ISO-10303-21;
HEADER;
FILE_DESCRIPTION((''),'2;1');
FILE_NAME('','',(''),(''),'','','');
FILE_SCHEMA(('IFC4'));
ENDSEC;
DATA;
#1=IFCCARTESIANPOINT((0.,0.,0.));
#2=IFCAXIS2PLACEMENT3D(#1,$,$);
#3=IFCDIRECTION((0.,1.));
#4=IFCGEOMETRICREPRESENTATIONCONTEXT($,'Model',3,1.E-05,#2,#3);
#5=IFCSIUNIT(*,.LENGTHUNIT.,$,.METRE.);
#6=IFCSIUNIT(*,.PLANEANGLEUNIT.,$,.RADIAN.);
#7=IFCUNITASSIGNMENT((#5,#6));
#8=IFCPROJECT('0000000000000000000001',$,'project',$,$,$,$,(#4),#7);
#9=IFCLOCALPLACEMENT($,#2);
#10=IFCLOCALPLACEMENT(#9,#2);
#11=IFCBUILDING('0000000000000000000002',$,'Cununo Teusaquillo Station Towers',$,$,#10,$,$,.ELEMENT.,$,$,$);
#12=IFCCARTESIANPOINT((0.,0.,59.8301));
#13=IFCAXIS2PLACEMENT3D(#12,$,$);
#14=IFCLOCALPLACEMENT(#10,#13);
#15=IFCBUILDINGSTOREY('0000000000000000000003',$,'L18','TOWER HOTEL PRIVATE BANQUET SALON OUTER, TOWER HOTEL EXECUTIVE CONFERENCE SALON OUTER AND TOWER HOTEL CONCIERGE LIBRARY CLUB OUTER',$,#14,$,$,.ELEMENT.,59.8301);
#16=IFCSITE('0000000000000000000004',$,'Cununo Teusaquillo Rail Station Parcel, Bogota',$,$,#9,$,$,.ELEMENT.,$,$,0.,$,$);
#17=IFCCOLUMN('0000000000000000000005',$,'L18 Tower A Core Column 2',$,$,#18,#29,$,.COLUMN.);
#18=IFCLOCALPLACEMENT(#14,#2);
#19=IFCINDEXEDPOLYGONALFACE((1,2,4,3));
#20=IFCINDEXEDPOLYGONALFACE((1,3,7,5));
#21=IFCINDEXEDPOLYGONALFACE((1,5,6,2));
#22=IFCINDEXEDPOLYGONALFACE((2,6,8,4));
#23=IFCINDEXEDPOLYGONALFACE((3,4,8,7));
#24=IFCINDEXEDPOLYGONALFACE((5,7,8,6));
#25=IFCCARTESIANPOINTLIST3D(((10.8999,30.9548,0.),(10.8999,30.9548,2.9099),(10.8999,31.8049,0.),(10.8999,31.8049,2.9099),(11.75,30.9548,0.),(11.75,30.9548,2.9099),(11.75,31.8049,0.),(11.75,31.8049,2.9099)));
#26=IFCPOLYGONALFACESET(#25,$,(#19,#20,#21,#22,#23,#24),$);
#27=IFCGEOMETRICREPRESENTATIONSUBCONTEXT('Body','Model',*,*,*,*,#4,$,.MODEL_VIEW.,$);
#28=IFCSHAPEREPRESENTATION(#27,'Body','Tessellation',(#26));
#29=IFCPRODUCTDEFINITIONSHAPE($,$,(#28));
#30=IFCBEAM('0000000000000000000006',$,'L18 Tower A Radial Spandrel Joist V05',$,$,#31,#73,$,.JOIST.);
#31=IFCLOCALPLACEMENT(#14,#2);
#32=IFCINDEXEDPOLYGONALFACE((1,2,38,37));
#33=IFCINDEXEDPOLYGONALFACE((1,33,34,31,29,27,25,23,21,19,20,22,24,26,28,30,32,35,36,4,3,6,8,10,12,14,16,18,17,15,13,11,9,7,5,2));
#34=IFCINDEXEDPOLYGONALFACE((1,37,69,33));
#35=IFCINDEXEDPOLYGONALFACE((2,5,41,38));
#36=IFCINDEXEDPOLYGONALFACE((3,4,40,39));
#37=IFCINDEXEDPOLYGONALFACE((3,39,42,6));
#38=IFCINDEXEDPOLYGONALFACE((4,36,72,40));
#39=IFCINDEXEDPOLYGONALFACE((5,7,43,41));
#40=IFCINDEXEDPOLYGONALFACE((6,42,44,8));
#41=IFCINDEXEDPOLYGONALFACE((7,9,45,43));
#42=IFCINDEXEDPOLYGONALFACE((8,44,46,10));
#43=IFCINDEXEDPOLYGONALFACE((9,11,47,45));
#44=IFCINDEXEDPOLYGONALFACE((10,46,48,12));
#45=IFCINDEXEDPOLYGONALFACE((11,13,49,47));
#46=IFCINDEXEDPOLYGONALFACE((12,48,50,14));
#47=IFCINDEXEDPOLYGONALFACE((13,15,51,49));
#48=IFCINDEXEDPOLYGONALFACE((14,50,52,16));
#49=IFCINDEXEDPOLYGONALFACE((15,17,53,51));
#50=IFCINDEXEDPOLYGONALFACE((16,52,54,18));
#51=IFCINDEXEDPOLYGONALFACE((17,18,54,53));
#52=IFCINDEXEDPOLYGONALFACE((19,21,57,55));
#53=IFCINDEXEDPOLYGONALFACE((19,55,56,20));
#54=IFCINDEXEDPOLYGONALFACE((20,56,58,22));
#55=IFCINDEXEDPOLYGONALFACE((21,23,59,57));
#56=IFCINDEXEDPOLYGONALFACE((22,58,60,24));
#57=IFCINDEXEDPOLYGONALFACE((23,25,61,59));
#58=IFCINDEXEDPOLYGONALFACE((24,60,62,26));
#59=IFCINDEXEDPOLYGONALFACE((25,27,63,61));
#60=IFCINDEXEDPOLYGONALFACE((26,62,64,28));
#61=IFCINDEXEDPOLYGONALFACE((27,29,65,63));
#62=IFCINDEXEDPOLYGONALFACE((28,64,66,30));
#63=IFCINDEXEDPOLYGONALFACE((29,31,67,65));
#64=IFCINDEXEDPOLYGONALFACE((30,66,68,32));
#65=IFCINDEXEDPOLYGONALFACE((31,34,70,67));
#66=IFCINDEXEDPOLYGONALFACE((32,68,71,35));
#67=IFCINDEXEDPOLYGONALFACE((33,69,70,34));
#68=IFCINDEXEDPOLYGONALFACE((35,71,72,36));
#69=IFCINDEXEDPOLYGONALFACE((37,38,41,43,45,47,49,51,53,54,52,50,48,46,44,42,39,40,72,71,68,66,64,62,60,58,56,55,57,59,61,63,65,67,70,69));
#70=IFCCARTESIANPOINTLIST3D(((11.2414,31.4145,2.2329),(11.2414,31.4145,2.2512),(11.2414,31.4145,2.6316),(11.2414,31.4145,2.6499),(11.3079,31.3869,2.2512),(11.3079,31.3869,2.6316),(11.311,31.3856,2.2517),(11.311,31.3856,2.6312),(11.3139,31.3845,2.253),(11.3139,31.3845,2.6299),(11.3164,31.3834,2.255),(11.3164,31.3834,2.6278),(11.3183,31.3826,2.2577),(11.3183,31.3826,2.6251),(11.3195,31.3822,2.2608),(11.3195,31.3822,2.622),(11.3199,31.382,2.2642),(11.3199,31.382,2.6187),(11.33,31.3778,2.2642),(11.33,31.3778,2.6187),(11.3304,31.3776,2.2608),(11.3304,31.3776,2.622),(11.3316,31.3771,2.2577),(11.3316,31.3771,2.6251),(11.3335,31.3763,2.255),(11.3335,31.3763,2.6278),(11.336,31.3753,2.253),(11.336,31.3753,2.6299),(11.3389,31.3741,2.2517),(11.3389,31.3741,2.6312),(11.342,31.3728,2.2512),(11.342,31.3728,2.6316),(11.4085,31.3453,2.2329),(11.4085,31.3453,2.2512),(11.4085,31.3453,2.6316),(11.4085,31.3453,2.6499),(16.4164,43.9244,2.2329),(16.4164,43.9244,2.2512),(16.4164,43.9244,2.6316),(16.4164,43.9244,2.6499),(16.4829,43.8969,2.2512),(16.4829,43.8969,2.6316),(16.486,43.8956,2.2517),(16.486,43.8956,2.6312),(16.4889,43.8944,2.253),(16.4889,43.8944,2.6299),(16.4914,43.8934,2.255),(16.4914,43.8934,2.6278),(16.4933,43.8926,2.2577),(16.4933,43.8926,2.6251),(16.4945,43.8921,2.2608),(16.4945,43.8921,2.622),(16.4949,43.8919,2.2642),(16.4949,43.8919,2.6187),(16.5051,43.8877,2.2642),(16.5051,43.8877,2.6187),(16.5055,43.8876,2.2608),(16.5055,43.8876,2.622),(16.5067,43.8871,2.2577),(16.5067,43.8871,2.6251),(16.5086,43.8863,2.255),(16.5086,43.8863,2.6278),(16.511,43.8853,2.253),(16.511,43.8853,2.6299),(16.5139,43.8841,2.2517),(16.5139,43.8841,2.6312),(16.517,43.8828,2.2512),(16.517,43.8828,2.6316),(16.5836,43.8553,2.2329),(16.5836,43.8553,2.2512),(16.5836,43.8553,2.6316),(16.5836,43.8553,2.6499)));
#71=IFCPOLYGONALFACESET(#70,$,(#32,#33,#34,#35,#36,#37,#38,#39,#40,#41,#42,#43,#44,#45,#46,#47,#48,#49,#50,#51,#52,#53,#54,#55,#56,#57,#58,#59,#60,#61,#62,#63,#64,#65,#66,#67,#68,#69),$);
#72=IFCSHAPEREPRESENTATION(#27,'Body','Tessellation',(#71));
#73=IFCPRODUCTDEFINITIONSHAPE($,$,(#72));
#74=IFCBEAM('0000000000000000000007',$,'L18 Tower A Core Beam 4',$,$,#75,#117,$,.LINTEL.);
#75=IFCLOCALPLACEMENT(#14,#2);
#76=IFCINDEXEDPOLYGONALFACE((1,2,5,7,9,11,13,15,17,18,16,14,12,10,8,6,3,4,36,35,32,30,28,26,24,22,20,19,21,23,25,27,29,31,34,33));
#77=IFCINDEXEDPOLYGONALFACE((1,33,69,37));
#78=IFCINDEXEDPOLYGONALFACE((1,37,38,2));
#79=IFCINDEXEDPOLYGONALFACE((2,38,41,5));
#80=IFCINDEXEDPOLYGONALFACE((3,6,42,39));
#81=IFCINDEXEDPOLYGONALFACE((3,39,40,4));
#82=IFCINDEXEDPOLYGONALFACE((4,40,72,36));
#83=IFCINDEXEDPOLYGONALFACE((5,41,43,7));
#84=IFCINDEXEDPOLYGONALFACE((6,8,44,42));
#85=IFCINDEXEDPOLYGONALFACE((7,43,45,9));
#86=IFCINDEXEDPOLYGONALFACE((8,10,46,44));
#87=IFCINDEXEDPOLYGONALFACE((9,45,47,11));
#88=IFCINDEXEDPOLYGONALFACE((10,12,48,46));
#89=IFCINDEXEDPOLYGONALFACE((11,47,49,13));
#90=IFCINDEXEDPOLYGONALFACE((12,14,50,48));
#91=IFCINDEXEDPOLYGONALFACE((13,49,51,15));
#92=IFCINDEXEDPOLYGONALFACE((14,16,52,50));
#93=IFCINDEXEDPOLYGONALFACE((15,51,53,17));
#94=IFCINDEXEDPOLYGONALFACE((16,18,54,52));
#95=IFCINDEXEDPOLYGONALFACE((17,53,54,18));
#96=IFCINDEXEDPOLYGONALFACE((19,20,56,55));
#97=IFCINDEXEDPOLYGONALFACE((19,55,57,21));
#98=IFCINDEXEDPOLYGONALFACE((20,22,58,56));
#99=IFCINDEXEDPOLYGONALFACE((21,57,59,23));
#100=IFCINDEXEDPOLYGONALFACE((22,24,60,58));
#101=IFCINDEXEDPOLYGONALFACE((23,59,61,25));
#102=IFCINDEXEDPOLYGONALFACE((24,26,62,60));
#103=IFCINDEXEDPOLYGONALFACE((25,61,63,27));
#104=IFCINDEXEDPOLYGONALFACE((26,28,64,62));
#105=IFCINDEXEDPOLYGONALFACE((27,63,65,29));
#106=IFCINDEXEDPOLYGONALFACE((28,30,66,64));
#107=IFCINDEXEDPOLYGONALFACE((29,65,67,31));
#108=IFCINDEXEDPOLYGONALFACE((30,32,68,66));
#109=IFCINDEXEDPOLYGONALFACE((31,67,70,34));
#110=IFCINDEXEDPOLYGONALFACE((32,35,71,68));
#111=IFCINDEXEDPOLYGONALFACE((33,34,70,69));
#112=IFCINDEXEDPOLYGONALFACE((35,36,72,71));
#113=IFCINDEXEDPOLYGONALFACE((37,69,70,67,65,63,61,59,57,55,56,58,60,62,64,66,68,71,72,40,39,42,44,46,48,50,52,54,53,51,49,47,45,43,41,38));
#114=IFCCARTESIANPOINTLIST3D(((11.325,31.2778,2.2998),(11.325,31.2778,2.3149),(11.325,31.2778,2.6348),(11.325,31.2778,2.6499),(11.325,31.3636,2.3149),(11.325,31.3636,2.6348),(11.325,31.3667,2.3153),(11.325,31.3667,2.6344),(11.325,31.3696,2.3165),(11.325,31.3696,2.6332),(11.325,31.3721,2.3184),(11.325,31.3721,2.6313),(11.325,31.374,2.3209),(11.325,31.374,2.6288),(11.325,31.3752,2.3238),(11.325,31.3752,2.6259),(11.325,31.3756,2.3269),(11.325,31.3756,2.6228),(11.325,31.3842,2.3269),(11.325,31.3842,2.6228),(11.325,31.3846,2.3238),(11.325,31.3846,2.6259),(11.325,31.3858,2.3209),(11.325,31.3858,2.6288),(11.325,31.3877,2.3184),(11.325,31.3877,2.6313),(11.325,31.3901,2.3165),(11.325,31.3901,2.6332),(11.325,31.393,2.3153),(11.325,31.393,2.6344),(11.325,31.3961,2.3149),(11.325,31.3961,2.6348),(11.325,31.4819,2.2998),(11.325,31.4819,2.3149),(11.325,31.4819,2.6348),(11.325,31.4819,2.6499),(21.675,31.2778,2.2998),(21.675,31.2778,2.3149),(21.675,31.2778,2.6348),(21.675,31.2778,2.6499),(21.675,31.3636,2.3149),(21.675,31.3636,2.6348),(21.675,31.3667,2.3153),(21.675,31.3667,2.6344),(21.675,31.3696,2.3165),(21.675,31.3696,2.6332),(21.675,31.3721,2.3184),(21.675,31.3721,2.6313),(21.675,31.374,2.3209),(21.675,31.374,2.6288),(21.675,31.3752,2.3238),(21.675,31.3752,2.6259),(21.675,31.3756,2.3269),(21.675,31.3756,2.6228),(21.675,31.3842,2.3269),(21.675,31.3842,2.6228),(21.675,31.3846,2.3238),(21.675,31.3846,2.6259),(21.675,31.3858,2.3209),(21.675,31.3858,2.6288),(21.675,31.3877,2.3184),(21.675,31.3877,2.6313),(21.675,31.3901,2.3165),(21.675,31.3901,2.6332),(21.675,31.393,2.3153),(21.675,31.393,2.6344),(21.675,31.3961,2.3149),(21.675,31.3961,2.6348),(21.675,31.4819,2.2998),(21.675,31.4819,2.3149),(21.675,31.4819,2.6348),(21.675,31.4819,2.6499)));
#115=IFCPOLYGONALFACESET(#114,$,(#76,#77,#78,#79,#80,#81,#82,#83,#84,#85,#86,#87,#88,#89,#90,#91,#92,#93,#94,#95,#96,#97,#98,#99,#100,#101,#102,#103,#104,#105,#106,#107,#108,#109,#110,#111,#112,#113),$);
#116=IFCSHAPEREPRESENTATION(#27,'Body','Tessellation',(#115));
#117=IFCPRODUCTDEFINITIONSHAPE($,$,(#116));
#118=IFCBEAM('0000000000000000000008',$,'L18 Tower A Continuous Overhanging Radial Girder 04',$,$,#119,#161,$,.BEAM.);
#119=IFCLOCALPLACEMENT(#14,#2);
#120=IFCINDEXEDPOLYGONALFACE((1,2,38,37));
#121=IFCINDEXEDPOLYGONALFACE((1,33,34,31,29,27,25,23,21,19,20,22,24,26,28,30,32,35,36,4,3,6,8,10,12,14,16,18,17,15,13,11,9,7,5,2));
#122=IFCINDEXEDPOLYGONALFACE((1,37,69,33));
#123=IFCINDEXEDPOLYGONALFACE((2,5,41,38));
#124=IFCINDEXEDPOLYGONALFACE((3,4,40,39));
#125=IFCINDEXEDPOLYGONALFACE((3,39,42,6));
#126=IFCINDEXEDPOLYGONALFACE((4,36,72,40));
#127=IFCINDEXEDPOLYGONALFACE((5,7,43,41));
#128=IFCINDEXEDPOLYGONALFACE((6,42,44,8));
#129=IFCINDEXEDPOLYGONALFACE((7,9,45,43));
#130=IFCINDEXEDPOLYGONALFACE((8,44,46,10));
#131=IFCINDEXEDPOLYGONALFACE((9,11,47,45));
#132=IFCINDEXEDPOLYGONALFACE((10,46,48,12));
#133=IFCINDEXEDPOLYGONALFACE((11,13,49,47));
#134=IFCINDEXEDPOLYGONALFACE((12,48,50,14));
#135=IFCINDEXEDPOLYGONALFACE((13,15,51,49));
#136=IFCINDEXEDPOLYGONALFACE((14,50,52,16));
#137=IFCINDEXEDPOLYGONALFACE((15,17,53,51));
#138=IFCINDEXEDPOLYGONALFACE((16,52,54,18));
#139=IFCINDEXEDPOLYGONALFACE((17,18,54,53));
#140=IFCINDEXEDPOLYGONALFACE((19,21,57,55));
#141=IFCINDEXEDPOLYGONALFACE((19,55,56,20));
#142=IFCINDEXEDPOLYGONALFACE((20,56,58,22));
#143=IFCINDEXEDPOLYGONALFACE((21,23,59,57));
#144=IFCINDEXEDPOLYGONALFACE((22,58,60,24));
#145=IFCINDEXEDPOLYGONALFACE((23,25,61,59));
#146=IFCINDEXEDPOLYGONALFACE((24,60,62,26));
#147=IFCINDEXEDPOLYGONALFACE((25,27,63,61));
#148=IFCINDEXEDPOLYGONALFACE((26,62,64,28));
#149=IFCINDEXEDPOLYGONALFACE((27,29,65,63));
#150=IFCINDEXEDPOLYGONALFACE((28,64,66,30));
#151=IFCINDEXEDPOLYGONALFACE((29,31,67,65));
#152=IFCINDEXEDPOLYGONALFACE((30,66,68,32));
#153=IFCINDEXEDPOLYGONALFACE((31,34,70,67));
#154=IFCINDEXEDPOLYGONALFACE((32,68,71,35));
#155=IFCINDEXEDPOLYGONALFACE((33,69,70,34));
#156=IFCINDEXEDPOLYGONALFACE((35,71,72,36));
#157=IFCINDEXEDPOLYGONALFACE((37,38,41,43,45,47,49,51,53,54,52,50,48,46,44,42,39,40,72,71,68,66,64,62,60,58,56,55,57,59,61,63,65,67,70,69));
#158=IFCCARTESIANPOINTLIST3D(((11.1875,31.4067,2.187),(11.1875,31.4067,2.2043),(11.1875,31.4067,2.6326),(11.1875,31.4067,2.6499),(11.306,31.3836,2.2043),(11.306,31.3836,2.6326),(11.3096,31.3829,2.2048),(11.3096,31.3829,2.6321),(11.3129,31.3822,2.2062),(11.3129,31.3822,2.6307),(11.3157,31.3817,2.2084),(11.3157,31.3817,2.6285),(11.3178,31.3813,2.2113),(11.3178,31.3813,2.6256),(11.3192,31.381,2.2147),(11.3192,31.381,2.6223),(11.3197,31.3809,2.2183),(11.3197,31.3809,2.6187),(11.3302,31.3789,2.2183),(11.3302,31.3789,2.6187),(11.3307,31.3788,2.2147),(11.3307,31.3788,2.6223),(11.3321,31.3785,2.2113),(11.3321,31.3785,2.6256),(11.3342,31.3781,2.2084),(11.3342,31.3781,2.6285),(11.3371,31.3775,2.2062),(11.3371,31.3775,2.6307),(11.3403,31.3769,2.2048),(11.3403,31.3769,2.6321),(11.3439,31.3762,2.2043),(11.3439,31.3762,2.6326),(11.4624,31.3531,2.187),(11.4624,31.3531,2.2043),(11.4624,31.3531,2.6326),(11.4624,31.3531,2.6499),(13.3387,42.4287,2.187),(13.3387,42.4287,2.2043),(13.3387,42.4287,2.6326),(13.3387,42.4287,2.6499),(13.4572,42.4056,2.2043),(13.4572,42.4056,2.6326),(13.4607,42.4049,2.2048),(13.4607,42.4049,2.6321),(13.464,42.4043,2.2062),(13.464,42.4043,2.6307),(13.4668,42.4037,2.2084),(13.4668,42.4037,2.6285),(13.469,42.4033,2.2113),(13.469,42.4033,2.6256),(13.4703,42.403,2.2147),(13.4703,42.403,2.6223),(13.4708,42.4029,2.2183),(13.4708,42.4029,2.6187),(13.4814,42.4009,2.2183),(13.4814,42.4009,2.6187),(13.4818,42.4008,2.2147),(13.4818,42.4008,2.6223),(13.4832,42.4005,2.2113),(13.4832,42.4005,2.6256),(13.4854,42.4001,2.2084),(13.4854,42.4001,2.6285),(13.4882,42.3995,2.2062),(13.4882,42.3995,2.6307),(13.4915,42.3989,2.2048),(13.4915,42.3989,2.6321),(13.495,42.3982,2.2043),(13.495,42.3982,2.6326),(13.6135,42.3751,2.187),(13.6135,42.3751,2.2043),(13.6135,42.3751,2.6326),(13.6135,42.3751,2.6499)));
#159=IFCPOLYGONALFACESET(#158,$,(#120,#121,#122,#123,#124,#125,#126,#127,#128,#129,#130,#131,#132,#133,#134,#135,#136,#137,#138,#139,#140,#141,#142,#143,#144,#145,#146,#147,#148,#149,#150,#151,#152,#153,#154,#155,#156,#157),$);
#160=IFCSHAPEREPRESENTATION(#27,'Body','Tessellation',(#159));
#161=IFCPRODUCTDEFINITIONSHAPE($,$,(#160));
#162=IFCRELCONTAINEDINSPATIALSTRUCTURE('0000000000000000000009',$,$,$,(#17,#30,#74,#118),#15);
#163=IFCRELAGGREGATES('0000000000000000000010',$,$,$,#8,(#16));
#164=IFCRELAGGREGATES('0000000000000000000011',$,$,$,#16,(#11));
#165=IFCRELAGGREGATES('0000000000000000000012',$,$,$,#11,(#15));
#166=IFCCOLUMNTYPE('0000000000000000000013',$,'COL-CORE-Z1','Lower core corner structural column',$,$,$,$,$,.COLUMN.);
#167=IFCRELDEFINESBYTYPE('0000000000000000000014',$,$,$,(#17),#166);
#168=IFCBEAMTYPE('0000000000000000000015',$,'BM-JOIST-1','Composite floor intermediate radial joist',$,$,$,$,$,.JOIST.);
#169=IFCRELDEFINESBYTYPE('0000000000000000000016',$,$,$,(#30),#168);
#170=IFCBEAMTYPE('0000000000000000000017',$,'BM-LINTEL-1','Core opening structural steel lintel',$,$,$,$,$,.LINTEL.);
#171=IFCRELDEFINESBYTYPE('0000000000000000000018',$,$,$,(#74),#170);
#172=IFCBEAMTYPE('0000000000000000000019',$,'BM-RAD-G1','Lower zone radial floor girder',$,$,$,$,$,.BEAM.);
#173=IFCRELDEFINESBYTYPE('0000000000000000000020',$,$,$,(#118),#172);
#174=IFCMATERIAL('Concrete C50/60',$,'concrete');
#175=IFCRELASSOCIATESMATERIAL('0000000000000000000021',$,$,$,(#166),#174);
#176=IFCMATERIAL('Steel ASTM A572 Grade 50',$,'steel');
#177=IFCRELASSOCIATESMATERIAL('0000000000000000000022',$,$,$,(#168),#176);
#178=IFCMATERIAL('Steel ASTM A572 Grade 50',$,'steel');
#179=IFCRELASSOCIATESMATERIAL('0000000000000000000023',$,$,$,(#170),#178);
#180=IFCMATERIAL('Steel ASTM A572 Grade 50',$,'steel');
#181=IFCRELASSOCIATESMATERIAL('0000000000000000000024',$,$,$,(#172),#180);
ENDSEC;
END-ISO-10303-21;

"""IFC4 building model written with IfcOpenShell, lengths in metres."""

from ifc_helpers import new_model, si_unit, direction, frame, origin, origin_2d, place, context, subcontext, project, spatial, rectangle, i_section, extrude, material, material_profile, profile_set, type_object, element, save


model = new_model("IFC4")

# Units and contexts
model_context = context("Model", 3, precision=1e-05, world=origin(), true_north=direction((0.0, 1.0)))
body_context = subcontext(model_context, "Body", "Model", "MODEL_VIEW")
ifc_project = project(units=[si_unit("LENGTHUNIT", "METRE"), si_unit("PLANEANGLEUNIT", "RADIAN")], contexts=[model_context])

# Site, building, storey
site_placement = place(None, origin())
site = spatial("IfcSite", under=ifc_project, at=site_placement, Name="Cununo Teusaquillo Rail Station Parcel, Bogota", CompositionType="ELEMENT", RefElevation=0.0)
building_placement = place(site_placement, origin())
building = spatial("IfcBuilding", under=site, at=building_placement, Name="Cununo Teusaquillo Station Towers", CompositionType="ELEMENT")
storey_placement = place(building_placement, frame((0.0, 0.0, 59.8301)))
storey = spatial("IfcBuildingStorey", under=building, at=storey_placement, Name="L18", Description="TOWER HOTEL PRIVATE BANQUET SALON OUTER, TOWER HOTEL EXECUTIVE CONFERENCE SALON OUTER AND TOWER HOTEL CONCIERGE LIBRARY CLUB OUTER", CompositionType="ELEMENT", Elevation=59.8301)

# Column
ifc_material_1 = material(Name="Concrete C50/60", Category="concrete")
ifc_material_profile_1 = material_profile(ifc_material_1, rectangle(XDim=0.8501, YDim=0.8501, at=origin_2d()), Name="RC-RECT-850x850")
ifc_profile_set_1 = profile_set([ifc_material_profile_1], Name="Concrete C50/60")
column_type = type_object("IfcColumnType", Name="COL-CORE-Z1", Description="Lower core corner structural column", PredefinedType="COLUMN", material=ifc_profile_set_1)
column_placement = place(storey_placement, frame((11.325, 31.3799, 0.0), z_axis=(0.0, 0.0, 1.0), x_axis=(1.0, 0.0, 0.0)))
element("IfcColumn", 1, at=column_placement, inside=storey, type_object=column_type, Name="L18 Tower A Core Column 2", PredefinedType="COLUMN", context=body_context, shape_type="SweptSolid", body=[
    extrude(rectangle(XDim=0.8501, YDim=0.8501, at=origin_2d()), origin(), (0.0, 0.0, 1.0), 2.9099),
])

# Beams
ifc_material_2 = material(Name="Steel ASTM A572 Grade 50", Category="steel")
ifc_material_profile_2 = material_profile(ifc_material_2, i_section(OverallWidth=0.1809, OverallDepth=0.417, WebThickness=0.011, FlangeThickness=0.0183, FilletRadius=0.0129, at=origin_2d()), Name="W16X57")
ifc_profile_set_2 = profile_set([ifc_material_profile_2], Name="Steel ASTM A572 Grade 50")
beam_type_1 = type_object("IfcBeamType", Name="BM-JOIST-1", Description="Composite floor intermediate radial joist", PredefinedType="JOIST", material=ifc_profile_set_2)
beam_1_placement = place(storey_placement, frame((11.325, 31.3799, 2.4414), z_axis=(0.382257, 0.924056, 0.0), x_axis=(-0.924056, 0.382257, 0.0)))
element("IfcBeam", 2, at=beam_1_placement, inside=storey, type_object=beam_type_1, Name="L18 Tower A Radial Spandrel Joist V05", PredefinedType="JOIST", context=body_context, shape_type="SweptSolid", body=[
    extrude(i_section(OverallWidth=0.1809, OverallDepth=0.417, WebThickness=0.011, FlangeThickness=0.0183, FilletRadius=0.0129, at=origin_2d()), origin(), (0.0, 0.0, 1.0), 13.5381),
])
ifc_material_3 = material(Name="Steel ASTM A572 Grade 50", Category="steel")
ifc_material_profile_3 = material_profile(ifc_material_3, i_section(OverallWidth=0.2041, OverallDepth=0.3501, WebThickness=0.0085, FlangeThickness=0.0151, FilletRadius=0.012, at=origin_2d()), Name="W14X48")
ifc_profile_set_3 = profile_set([ifc_material_profile_3], Name="Steel ASTM A572 Grade 50")
beam_type_2 = type_object("IfcBeamType", Name="BM-LINTEL-1", Description="Core opening structural steel lintel", PredefinedType="LINTEL", material=ifc_profile_set_3)
beam_2_placement = place(storey_placement, frame((11.325, 31.3799, 2.4749), z_axis=(1.0, 0.0, 0.0), x_axis=(0.0, 1.0, 0.0)))
element("IfcBeam", 3, at=beam_2_placement, inside=storey, type_object=beam_type_2, Name="L18 Tower A Core Beam 4", PredefinedType="LINTEL", context=body_context, shape_type="SweptSolid", body=[
    extrude(i_section(OverallWidth=0.2041, OverallDepth=0.3501, WebThickness=0.0085, FlangeThickness=0.0151, FilletRadius=0.012, at=origin_2d()), origin(), (0.0, 0.0, 1.0), 10.3501),
])
ifc_material_4 = material(Name="Steel ASTM A572 Grade 50", Category="steel")
ifc_material_profile_4 = material_profile(ifc_material_4, i_section(OverallWidth=0.28, OverallDepth=0.4629, WebThickness=0.0107, FlangeThickness=0.0173, FilletRadius=0.0139, at=origin_2d()), Name="W18X76")
ifc_profile_set_4 = profile_set([ifc_material_profile_4], Name="Steel ASTM A572 Grade 50")
beam_type_3 = type_object("IfcBeamType", Name="BM-RAD-G1", Description="Lower zone radial floor girder", PredefinedType="BEAM", material=ifc_profile_set_4)
beam_3_placement = place(storey_placement, frame((11.325, 31.3799, 2.4185), z_axis=(0.191553, 0.981482, 0.0), x_axis=(-0.981482, 0.191553, 0.0)))
element("IfcBeam", 4, at=beam_3_placement, inside=storey, type_object=beam_type_3, Name="L18 Tower A Continuous Overhanging Radial Girder 04", PredefinedType="BEAM", context=body_context, shape_type="SweptSolid", body=[
    extrude(i_section(OverallWidth=0.28, OverallDepth=0.4629, WebThickness=0.0107, FlangeThickness=0.0173, FilletRadius=0.0139, at=origin_2d()), origin(), (0.0, 0.0, 1.0), 11.23),
])

save(model, "model.ifc")
